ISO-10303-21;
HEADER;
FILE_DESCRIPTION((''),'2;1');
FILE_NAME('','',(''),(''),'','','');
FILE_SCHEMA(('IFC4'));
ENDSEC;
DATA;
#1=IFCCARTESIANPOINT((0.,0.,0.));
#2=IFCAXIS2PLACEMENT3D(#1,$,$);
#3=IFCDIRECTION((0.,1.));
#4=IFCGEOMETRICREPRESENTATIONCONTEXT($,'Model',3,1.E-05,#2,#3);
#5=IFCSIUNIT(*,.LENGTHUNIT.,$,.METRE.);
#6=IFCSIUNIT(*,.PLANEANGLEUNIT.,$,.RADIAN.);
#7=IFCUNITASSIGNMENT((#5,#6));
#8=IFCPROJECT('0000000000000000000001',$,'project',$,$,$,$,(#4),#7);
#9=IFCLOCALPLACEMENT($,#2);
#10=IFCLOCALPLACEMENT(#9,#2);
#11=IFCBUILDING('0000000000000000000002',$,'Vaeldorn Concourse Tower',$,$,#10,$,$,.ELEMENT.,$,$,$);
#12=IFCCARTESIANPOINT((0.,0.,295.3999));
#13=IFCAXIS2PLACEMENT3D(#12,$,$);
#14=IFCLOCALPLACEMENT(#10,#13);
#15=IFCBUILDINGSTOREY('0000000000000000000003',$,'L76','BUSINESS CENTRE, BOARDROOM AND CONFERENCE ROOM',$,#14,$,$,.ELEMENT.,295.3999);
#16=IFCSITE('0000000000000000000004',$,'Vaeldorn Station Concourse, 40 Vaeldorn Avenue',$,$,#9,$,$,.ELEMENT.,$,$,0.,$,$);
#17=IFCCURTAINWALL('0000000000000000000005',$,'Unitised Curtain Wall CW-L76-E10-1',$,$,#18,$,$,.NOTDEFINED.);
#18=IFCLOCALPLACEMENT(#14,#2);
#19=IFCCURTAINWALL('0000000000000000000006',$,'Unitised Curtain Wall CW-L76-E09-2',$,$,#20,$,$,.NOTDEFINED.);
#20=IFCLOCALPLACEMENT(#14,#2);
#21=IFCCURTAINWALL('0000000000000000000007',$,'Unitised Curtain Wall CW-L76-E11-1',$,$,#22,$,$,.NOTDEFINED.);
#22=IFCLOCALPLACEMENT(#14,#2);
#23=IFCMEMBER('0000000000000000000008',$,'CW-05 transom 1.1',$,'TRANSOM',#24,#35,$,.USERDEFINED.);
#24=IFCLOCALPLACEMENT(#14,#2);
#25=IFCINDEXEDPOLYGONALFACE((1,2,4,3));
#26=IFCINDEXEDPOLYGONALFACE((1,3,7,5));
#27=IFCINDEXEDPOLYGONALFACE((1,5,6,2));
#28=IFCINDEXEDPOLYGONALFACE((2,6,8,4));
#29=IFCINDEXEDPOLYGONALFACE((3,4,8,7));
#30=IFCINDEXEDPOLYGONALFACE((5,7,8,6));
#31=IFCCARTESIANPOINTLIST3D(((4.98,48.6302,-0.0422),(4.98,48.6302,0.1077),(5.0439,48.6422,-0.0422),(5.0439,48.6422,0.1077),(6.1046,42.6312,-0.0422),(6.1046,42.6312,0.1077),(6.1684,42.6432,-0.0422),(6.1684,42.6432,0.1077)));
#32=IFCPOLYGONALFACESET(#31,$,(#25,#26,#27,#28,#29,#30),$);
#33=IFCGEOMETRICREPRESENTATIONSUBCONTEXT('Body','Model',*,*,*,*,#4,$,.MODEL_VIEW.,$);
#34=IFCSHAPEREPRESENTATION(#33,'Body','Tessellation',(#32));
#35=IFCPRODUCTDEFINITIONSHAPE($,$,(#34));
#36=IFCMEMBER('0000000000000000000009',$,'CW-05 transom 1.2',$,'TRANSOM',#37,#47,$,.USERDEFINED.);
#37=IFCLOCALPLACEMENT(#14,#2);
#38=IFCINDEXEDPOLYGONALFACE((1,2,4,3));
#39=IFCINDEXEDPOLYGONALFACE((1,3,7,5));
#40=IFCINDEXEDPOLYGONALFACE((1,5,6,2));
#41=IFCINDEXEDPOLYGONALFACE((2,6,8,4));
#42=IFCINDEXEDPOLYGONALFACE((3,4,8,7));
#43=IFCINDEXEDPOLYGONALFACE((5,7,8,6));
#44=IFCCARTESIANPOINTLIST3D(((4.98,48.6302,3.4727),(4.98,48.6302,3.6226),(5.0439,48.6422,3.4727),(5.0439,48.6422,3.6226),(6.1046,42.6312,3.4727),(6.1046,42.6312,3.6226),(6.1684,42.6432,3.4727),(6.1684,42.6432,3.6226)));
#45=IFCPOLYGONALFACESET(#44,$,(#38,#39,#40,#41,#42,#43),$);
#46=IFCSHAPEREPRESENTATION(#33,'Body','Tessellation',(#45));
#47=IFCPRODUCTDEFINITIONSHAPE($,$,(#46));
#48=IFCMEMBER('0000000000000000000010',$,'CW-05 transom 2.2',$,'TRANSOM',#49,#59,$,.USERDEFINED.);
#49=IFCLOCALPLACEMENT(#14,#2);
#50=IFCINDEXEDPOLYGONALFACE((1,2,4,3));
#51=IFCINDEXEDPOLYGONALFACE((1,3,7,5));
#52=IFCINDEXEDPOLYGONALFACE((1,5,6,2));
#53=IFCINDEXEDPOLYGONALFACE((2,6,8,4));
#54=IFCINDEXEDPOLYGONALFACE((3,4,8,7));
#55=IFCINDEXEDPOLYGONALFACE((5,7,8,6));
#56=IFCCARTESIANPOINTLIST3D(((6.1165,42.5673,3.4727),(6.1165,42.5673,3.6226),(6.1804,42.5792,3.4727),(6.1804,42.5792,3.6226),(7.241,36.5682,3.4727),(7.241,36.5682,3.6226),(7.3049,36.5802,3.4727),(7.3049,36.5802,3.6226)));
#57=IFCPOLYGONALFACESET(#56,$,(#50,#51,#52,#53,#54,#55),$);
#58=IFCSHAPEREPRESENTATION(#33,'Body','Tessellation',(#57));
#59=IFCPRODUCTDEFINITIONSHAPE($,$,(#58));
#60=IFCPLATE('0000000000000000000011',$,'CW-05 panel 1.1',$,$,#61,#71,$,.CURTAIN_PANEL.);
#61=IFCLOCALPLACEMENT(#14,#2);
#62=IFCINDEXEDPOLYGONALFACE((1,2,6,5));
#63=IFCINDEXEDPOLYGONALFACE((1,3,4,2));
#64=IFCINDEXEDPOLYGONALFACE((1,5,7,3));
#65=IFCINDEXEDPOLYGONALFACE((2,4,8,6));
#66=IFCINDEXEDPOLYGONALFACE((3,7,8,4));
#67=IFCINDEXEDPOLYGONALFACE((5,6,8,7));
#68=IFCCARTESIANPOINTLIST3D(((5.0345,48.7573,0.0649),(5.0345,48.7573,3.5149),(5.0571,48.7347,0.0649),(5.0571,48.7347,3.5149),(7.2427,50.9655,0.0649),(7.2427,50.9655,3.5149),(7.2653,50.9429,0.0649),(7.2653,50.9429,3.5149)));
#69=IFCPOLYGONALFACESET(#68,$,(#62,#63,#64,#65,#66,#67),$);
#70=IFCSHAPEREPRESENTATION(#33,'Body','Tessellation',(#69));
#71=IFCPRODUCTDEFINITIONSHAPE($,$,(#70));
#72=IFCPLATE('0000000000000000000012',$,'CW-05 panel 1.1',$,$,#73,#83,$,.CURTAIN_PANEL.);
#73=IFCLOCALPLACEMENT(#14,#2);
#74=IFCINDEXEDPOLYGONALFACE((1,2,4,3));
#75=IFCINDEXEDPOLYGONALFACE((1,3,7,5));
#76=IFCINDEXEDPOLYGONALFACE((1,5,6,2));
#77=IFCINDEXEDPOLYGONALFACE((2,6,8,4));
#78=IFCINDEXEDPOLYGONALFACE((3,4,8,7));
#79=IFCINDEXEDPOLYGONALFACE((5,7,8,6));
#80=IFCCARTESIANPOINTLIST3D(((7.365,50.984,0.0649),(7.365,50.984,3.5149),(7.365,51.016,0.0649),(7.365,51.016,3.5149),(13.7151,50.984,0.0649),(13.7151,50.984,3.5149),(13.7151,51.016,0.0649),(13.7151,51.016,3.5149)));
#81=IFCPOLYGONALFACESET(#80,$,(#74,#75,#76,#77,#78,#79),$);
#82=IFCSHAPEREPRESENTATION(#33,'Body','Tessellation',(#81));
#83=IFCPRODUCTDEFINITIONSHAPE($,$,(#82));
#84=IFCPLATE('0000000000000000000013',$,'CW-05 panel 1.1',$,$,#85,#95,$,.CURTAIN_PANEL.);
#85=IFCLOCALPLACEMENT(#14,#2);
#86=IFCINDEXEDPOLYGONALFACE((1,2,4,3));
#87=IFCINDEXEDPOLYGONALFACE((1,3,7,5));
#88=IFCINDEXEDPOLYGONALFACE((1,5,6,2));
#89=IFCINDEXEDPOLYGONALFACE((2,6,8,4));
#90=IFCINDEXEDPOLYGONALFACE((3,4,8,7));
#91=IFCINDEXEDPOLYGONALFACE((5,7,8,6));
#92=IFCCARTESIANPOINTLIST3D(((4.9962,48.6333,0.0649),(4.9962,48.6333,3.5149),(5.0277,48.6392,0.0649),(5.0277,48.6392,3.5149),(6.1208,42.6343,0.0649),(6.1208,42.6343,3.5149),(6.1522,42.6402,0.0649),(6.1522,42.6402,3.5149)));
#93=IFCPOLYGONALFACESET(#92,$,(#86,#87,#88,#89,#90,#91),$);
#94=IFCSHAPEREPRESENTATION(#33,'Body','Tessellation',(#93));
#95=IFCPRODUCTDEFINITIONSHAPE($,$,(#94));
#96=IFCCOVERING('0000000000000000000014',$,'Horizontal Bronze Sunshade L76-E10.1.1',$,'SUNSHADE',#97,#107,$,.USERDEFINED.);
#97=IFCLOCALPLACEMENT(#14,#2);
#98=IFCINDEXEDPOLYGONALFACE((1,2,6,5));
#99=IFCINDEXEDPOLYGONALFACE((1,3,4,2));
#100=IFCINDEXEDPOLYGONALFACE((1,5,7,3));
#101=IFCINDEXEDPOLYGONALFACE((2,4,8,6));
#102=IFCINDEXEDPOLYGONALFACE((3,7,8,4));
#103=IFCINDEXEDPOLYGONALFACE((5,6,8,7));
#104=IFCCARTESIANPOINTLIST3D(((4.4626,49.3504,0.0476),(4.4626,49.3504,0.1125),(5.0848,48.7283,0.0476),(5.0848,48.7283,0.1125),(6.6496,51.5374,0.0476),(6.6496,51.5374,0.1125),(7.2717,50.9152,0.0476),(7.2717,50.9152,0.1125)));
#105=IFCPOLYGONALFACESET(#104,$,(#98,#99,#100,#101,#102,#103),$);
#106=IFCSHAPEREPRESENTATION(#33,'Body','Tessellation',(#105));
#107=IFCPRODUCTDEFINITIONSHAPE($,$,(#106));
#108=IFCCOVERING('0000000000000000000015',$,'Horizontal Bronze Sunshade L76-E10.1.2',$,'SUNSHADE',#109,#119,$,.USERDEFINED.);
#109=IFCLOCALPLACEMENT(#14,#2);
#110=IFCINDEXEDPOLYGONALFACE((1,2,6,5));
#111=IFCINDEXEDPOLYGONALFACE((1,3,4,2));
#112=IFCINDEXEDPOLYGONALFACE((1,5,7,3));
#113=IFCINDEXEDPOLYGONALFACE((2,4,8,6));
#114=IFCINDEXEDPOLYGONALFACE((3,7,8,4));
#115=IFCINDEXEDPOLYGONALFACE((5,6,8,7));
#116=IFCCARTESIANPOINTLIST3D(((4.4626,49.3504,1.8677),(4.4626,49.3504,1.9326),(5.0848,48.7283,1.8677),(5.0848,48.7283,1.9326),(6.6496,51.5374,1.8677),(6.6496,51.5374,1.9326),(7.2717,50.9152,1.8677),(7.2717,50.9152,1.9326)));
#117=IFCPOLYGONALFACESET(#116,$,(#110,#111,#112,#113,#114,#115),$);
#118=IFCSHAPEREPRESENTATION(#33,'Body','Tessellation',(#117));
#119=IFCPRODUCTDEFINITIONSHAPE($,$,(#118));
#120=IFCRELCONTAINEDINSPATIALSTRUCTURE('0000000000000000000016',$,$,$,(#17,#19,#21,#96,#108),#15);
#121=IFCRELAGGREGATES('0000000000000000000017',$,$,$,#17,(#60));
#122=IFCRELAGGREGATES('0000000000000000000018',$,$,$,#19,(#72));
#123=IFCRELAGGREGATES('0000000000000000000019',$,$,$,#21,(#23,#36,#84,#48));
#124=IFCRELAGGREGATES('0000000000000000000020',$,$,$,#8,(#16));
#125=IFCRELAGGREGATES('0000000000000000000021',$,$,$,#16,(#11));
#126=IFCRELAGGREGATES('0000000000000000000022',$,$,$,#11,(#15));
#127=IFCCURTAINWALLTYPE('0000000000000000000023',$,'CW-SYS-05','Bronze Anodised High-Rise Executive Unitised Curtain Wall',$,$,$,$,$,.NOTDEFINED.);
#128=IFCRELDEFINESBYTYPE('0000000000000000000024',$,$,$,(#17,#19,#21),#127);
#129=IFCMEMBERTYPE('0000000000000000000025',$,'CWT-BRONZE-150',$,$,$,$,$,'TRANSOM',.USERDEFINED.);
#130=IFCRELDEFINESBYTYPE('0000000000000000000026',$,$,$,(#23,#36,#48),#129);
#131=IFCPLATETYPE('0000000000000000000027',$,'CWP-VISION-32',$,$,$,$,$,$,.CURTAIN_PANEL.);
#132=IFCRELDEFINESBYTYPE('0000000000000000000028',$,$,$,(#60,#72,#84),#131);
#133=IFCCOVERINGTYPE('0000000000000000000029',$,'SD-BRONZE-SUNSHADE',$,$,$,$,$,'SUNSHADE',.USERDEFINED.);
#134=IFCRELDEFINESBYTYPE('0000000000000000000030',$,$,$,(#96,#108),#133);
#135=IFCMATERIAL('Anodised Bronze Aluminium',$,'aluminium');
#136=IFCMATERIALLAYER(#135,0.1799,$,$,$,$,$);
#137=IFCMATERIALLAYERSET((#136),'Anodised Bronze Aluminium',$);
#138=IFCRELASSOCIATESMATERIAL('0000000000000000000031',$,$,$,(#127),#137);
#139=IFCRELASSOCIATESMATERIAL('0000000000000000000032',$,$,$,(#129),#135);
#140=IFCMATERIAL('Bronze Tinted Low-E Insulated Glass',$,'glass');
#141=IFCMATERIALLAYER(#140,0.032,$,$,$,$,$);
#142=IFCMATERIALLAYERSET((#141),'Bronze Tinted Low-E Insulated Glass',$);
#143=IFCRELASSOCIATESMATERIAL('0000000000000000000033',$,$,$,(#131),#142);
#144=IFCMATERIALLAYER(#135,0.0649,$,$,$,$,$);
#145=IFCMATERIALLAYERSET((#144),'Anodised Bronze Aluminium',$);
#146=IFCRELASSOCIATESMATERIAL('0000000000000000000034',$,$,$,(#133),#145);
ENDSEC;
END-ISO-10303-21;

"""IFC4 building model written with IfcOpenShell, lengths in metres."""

from ifc_helpers import new_model, si_unit, direction, frame, origin, origin_2d, place, context, subcontext, project, spatial, rectangle, extrude, source, transform, mapped, material, layer, layer_set, material_profile, profile_set, type_object, element, aggregate, save


model = new_model("IFC4")

# Units and contexts
model_context = context("Model", 3, precision=1e-05, world=origin(), true_north=direction((0.0, 1.0)))
body_context = subcontext(model_context, "Body", "Model", "MODEL_VIEW")
ifc_project = project(units=[si_unit("LENGTHUNIT", "METRE"), si_unit("PLANEANGLEUNIT", "RADIAN")], contexts=[model_context])

# Site, building, storey
site_placement = place(None, origin())
site = spatial("IfcSite", under=ifc_project, at=site_placement, Name="Vaeldorn Station Concourse, 40 Vaeldorn Avenue", CompositionType="ELEMENT", RefElevation=0.0)
building_placement = place(site_placement, origin())
building = spatial("IfcBuilding", under=site, at=building_placement, Name="Vaeldorn Concourse Tower", CompositionType="ELEMENT")
storey_placement = place(building_placement, frame((0.0, 0.0, 295.3999)))
storey = spatial("IfcBuildingStorey", under=building, at=storey_placement, Name="L76", Description="BUSINESS CENTRE, BOARDROOM AND CONFERENCE ROOM", CompositionType="ELEMENT", Elevation=295.3999)

# Curtain walls
ifc_material_1 = material(Name="Anodised Bronze Aluminium", Category="aluminium")
ifc_layer_1 = layer(ifc_material_1, 0.1799)
ifc_layer_set_1 = layer_set([ifc_layer_1], Name="Anodised Bronze Aluminium")
curtain_wall_type = type_object("IfcCurtainWallType", Name="CW-SYS-05", Description="Bronze Anodised High-Rise Executive Unitised Curtain Wall", PredefinedType="NOTDEFINED", material=ifc_layer_set_1)
curtain_wall_1_placement = place(storey_placement, origin())
curtain_wall_1 = element("IfcCurtainWall", 1, at=curtain_wall_1_placement, inside=storey, type_object=curtain_wall_type, Name="Unitised Curtain Wall CW-L76-E10-1", PredefinedType="NOTDEFINED")
ifc_material_profile_1 = material_profile(ifc_material_1, rectangle(XDim=0.0649, YDim=0.1499, at=origin_2d()), Name="CWT 65x150")
ifc_profile_set_1 = profile_set([ifc_material_profile_1], Name="Anodised Bronze Aluminium")
member_type_1 = type_object("IfcMemberType", Name="CWT-BRONZE-150", ElementType="TRANSOM", PredefinedType="USERDEFINED", material=ifc_profile_set_1)
curtain_wall_2_placement = place(storey_placement, origin())
curtain_wall_2 = element("IfcCurtainWall", 2, at=curtain_wall_2_placement, inside=storey, type_object=curtain_wall_type, Name="Unitised Curtain Wall CW-L76-E09-2", PredefinedType="NOTDEFINED")

# Curtain wall
curtain_wall_3_placement = place(storey_placement, origin())
curtain_wall_3 = element("IfcCurtainWall", 3, at=curtain_wall_3_placement, inside=storey, type_object=curtain_wall_type, Name="Unitised Curtain Wall CW-L76-E11-1", PredefinedType="NOTDEFINED")

# Members
shared_shape_1 = source(origin(), body_context, "Body", "SweptSolid", [
    extrude(rectangle(XDim=0.0649, YDim=0.1499, at=origin_2d()), origin(), (0.0, 0.0, 1.0), 6.1035),
])
member_1_placement = place(storey_placement, frame((5.012, 48.6362, 0.0327), z_axis=(0.18424, -0.982881, 0.0), x_axis=(0.982881, 0.18424, 0.0)))
member_1 = element("IfcMember", 4, at=member_1_placement, type_object=member_type_1, Name="CW-05 transom 1.1", ObjectType="TRANSOM", PredefinedType="USERDEFINED", context=body_context, shape_type="MappedRepresentation", body=[
    mapped(shared_shape_1, transform((0.0, 0.0, 0.0), scale=1.0)),
])
member_2_placement = place(storey_placement, frame((5.012, 48.6362, 3.5476), z_axis=(0.18424, -0.982881, 0.0), x_axis=(0.982881, 0.18424, 0.0)))
member_2 = element("IfcMember", 5, at=member_2_placement, type_object=member_type_1, Name="CW-05 transom 1.2", ObjectType="TRANSOM", PredefinedType="USERDEFINED", context=body_context, shape_type="MappedRepresentation", body=[
    mapped(shared_shape_1, transform((0.0, 0.0, 0.0), scale=1.0)),
])
member_3_placement = place(storey_placement, frame((6.1484, 42.5732, 3.5476), z_axis=(0.18424, -0.982881, 0.0), x_axis=(0.982881, 0.18424, 0.0)))
member_3 = element("IfcMember", 6, at=member_3_placement, type_object=member_type_1, Name="CW-05 transom 2.2", ObjectType="TRANSOM", PredefinedType="USERDEFINED", context=body_context, shape_type="MappedRepresentation", body=[
    mapped(shared_shape_1, transform((0.0, 0.0, 0.0), scale=1.0)),
])

# Plates
ifc_material_2 = material(Name="Bronze Tinted Low-E Insulated Glass", Category="glass")
ifc_layer_2 = layer(ifc_material_2, 0.032)
ifc_layer_set_2 = layer_set([ifc_layer_2], Name="Bronze Tinted Low-E Insulated Glass")
plate_type = type_object("IfcPlateType", Name="CWP-VISION-32", PredefinedType="CURTAIN_PANEL", material=ifc_layer_set_2)
shared_shape_2 = source(origin(), body_context, "Body", "SweptSolid", [
    extrude(rectangle(XDim=3.1228, YDim=0.032, at=origin_2d()), origin(), (0.0, 0.0, 1.0), 3.45),
])
plate_1_placement = place(storey_placement, frame((6.1499, 49.8501, 0.0649), z_axis=(0.0, 0.0, 1.0), x_axis=(-0.707107, -0.707107, 0.0)))
plate_1 = element("IfcPlate", 7, at=plate_1_placement, type_object=plate_type, Name="CW-05 panel 1.1", PredefinedType="CURTAIN_PANEL", context=body_context, shape_type="MappedRepresentation", body=[
    mapped(shared_shape_2, transform((0.0, 0.0, 0.0), scale=1.0)),
])
aggregate(curtain_wall_1, [plate_1])
shared_shape_3 = source(origin(), body_context, "Body", "SweptSolid", [
    extrude(rectangle(XDim=6.3501, YDim=0.032, at=origin_2d()), origin(), (0.0, 0.0, 1.0), 3.45),
])
plate_2_placement = place(storey_placement, frame((10.54, 51.0, 0.0649), z_axis=(0.0, 0.0, 1.0), x_axis=(-1.0, 0.0, 0.0)))
plate_2 = element("IfcPlate", 8, at=plate_2_placement, type_object=plate_type, Name="CW-05 panel 1.1", PredefinedType="CURTAIN_PANEL", context=body_context, shape_type="MappedRepresentation", body=[
    mapped(shared_shape_3, transform((0.0, 0.0, 0.0), scale=1.0)),
])
aggregate(curtain_wall_2, [plate_2])
shared_shape_4 = source(origin(), body_context, "Body", "SweptSolid", [
    extrude(rectangle(XDim=6.1035, YDim=0.032, at=origin_2d()), origin(), (0.0, 0.0, 1.0), 3.45),
])
plate_3_placement = place(storey_placement, frame((5.5742, 45.6367, 0.0649), z_axis=(0.0, 0.0, 1.0), x_axis=(0.184246, -0.98288, 0.0)))
plate_3 = element("IfcPlate", 9, at=plate_3_placement, type_object=plate_type, Name="CW-05 panel 1.1", PredefinedType="CURTAIN_PANEL", context=body_context, shape_type="MappedRepresentation", body=[
    mapped(shared_shape_4, transform((0.0, 0.0, 0.0), scale=1.0)),
])
aggregate(curtain_wall_3, [member_1, member_2, plate_3, member_3])

# Coverings
ifc_layer_3 = layer(ifc_material_1, 0.0649)
ifc_layer_set_3 = layer_set([ifc_layer_3], Name="Anodised Bronze Aluminium")
covering_type = type_object("IfcCoveringType", Name="SD-BRONZE-SUNSHADE", ElementType="SUNSHADE", PredefinedType="USERDEFINED", material=ifc_layer_set_3)
shared_shape_5 = source(origin(), body_context, "Body", "SweptSolid", [
    extrude(rectangle(XDim=3.0928, YDim=0.8799, at=origin_2d()), origin(), (0.0, 0.0, 1.0), 0.0649),
])
for number, where, z_axis, x_axis, name in (
    (10, (5.8672, 50.1328, 0.0476), (0.0, 0.0, 1.0), (-0.707107, -0.707107, 0.0), "Horizontal Bronze Sunshade L76-E10.1.1"),
    (11, (5.8672, 50.1328, 1.8677), (0.0, 0.0, 1.0), (-0.707107, -0.707107, 0.0), "Horizontal Bronze Sunshade L76-E10.1.2"),
):
    element("IfcCovering", number, at=place(storey_placement, frame(where, z_axis=z_axis, x_axis=x_axis)), inside=storey, type_object=covering_type, Name=name, ObjectType="SUNSHADE", PredefinedType="USERDEFINED", context=body_context, shape_type="MappedRepresentation", body=[
        mapped(shared_shape_5, transform((0.0, 0.0, 0.0), scale=1.0)),
    ])

save(model, "model.ifc")
